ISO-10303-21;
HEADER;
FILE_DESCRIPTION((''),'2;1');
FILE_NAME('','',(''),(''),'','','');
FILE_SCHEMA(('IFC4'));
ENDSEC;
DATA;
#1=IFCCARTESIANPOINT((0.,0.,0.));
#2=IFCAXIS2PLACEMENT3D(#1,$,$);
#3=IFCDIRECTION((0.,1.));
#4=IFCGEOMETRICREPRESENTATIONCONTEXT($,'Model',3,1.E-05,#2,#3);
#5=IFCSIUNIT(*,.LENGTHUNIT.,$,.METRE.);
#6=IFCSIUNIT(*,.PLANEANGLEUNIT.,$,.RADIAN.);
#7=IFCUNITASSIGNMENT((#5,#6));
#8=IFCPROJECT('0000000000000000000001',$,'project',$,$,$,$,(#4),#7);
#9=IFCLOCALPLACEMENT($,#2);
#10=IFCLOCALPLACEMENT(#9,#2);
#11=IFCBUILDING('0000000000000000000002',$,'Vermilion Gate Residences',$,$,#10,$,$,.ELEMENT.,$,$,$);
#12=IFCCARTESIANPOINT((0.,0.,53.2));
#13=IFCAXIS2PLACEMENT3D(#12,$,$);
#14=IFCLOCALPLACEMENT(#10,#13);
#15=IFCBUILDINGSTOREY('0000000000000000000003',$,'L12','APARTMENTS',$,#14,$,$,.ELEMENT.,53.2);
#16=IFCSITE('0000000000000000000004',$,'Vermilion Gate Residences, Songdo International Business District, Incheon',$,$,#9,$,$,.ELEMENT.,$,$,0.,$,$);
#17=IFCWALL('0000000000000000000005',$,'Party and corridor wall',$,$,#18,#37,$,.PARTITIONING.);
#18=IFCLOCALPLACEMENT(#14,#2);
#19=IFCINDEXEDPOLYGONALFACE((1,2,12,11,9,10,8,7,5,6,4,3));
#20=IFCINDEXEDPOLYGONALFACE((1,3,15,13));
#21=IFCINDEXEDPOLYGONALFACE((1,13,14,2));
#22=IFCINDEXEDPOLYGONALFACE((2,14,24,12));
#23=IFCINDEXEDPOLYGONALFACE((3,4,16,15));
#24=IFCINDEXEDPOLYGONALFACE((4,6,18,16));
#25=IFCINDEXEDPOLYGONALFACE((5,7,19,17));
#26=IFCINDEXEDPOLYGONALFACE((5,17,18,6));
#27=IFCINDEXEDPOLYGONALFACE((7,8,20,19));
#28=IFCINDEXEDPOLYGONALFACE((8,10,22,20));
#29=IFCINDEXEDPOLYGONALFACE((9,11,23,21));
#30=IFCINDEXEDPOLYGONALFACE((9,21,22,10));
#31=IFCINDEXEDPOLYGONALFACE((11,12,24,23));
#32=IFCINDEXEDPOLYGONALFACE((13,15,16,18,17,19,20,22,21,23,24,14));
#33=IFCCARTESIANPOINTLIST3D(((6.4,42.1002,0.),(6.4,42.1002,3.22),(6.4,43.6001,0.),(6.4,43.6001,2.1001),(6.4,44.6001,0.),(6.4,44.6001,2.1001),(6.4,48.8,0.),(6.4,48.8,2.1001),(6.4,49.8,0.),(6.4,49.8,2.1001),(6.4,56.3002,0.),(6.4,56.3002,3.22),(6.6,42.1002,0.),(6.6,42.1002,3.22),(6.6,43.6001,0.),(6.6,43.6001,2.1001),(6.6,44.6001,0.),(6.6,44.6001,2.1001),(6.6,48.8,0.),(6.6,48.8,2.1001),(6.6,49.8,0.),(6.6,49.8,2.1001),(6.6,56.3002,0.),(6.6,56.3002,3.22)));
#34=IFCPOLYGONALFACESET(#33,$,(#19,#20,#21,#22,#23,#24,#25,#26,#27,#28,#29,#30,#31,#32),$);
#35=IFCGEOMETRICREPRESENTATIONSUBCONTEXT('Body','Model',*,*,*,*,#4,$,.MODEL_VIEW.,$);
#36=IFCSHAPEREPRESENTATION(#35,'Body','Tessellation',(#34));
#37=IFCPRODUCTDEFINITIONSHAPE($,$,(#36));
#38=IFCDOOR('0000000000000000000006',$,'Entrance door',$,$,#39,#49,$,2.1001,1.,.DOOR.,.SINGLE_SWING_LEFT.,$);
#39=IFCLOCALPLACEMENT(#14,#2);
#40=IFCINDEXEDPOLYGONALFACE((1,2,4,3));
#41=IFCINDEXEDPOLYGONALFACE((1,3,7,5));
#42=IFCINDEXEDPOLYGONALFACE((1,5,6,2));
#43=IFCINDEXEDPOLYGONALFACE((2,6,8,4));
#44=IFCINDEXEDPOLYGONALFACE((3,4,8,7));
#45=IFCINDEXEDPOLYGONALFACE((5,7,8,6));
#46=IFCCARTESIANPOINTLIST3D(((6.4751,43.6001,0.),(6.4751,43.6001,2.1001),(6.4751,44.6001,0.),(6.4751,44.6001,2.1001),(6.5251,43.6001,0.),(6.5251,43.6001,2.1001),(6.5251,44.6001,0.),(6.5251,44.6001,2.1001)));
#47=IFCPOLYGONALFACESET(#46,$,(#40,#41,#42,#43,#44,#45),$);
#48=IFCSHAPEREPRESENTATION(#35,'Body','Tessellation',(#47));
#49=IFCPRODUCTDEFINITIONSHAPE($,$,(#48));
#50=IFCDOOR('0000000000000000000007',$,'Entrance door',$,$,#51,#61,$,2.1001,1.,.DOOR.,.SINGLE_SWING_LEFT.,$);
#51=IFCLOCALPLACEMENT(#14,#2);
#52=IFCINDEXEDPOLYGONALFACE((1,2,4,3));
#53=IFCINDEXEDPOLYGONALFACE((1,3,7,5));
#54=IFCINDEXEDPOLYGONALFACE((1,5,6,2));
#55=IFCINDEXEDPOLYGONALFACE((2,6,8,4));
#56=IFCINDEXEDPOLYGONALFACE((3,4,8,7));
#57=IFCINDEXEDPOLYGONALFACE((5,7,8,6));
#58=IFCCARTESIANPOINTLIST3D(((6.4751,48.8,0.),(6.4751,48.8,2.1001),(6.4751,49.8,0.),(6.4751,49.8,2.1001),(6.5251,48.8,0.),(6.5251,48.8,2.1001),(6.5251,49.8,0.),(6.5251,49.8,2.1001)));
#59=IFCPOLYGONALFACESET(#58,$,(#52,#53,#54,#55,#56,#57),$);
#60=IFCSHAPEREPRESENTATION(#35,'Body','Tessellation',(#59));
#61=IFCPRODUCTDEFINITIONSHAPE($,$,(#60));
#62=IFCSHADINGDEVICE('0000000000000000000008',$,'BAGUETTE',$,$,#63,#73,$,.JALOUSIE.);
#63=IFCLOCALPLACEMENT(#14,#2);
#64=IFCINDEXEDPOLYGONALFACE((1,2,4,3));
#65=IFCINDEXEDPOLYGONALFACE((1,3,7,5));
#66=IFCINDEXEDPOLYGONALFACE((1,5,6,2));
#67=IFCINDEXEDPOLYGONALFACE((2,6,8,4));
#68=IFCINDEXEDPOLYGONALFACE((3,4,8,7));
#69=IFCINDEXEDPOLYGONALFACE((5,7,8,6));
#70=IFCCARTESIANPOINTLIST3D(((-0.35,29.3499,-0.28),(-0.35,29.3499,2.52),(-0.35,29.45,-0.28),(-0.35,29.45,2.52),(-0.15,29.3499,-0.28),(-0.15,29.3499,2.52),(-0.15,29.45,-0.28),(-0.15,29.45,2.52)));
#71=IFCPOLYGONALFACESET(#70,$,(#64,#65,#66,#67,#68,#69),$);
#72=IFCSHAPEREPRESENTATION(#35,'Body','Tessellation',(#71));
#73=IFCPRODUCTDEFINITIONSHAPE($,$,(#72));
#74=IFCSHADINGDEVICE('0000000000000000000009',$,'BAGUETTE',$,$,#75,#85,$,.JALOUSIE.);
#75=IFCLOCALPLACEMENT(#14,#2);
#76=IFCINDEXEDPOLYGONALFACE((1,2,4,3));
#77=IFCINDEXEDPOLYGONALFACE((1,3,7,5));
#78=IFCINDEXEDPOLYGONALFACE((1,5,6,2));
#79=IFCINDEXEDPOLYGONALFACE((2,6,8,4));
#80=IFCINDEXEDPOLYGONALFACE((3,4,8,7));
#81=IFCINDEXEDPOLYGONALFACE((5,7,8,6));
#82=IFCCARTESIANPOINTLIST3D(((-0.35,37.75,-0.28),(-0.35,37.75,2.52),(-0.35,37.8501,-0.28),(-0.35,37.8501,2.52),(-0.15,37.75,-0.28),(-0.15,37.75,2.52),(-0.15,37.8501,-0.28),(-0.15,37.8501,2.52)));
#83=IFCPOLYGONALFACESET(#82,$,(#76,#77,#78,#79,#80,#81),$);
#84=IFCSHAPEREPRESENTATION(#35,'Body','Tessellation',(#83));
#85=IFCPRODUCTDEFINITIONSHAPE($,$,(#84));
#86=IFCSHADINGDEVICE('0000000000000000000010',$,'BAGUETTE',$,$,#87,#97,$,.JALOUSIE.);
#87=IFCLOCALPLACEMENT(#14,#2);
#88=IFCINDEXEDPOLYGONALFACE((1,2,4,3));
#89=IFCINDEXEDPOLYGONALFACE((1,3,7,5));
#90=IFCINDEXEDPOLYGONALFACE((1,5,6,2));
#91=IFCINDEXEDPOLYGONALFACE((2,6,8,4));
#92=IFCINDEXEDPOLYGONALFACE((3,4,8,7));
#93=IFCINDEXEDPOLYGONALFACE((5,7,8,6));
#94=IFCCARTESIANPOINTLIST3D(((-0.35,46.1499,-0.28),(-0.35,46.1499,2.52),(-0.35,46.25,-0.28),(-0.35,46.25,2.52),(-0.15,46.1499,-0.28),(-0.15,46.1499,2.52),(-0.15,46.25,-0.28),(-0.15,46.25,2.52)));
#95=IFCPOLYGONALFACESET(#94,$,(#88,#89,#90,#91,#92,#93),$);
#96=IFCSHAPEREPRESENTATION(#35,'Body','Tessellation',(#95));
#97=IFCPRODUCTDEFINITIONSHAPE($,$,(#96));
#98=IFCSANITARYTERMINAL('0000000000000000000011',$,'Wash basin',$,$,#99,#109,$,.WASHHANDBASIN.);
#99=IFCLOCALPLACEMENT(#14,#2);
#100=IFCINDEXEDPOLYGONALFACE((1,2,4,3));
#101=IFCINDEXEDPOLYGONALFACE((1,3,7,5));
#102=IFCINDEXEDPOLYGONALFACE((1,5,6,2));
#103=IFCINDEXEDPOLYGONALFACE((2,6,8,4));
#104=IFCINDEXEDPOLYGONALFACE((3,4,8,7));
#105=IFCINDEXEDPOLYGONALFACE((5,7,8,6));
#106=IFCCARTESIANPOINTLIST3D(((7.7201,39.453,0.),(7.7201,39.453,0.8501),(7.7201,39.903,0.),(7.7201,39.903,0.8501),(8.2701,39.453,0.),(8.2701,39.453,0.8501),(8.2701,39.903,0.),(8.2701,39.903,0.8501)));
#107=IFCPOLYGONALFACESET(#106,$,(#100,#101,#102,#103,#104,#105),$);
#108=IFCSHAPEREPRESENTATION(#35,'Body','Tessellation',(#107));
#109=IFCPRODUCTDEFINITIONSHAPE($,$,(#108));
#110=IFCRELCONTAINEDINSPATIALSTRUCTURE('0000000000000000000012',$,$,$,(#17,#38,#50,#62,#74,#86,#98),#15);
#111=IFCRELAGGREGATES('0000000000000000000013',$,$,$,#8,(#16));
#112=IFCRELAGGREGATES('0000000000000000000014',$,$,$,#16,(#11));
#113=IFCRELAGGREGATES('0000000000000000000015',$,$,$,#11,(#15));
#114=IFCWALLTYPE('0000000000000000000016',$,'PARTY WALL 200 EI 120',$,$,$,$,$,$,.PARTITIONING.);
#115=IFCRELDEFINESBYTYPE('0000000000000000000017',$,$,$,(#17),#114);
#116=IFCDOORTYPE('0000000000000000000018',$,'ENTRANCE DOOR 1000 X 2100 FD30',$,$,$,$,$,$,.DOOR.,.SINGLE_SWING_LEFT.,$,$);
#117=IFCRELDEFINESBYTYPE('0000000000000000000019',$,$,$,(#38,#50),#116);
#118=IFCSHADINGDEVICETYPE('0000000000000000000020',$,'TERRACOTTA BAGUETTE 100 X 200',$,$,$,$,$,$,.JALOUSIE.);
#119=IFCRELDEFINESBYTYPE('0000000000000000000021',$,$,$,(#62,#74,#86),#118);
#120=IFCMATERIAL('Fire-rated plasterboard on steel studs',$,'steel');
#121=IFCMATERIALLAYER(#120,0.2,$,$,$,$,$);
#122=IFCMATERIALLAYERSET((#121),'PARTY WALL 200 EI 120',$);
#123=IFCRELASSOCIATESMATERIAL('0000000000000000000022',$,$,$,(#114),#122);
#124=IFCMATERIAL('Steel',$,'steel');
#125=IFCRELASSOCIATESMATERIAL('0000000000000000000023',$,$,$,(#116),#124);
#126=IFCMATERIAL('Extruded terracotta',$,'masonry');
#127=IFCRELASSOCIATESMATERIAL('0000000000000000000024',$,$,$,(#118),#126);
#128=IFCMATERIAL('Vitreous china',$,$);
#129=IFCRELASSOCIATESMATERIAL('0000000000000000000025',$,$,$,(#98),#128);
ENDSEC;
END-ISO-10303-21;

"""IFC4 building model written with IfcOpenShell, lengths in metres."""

from ifc_helpers import new_model, si_unit, direction, frame, frame_2d, origin, origin_2d, place, context, subcontext, project, spatial, rectangle, extrude, material, layer, layer_set, material_profile, profile_set, type_object, element, fill, save


model = new_model("IFC4")

# Units and contexts
model_context = context("Model", 3, precision=1e-05, world=origin(), true_north=direction((0.0, 1.0)))
body_context = subcontext(model_context, "Body", "Model", "MODEL_VIEW")
ifc_project = project(units=[si_unit("LENGTHUNIT", "METRE"), si_unit("PLANEANGLEUNIT", "RADIAN")], contexts=[model_context])

# Site, building, storey
site_placement = place(None, origin())
site = spatial("IfcSite", under=ifc_project, at=site_placement, Name="Vermilion Gate Residences, Songdo International Business District, Incheon", CompositionType="ELEMENT", RefElevation=0.0)
building_placement = place(site_placement, origin())
building = spatial("IfcBuilding", under=site, at=building_placement, Name="Vermilion Gate Residences", CompositionType="ELEMENT")
storey_placement = place(building_placement, frame((0.0, 0.0, 53.2)))
storey = spatial("IfcBuildingStorey", under=building, at=storey_placement, Name="L12", Description="APARTMENTS", CompositionType="ELEMENT", Elevation=53.2)

# Shared definitions
ifc_material_1 = material(Name="Fire-rated plasterboard on steel studs", Category="steel")
ifc_layer_1 = layer(ifc_material_1, 0.2)
ifc_layer_set_1 = layer_set([ifc_layer_1], Name="PARTY WALL 200 EI 120")
wall_type_1 = type_object("IfcWallType", Name="PARTY WALL 200 EI 120", PredefinedType="PARTITIONING", material=ifc_layer_set_1)

# Wall, openings, doors
wall_1_placement = place(storey_placement, frame((6.5, 42.1001, 0.0), z_axis=(0.0, 0.0, 1.0), x_axis=(0.0, 1.0, 0.0)))
wall_1 = element("IfcWall", 1, at=wall_1_placement, inside=storey, type_object=wall_type_1, Name="Party and corridor wall", PredefinedType="PARTITIONING", context=body_context, shape_type="SweptSolid", body=[
    extrude(rectangle(XDim=14.2, YDim=0.2, at=frame_2d((7.1001, 0.0))), origin(), (0.0, 0.0, 1.0), 3.22),
])
opening_1_placement = place(wall_1_placement, frame((1.5, 0.0, 0.0)))
opening_1 = element("IfcOpeningElement", 2, at=opening_1_placement, cuts=wall_1, PredefinedType="OPENING", context=body_context, shape_type="SweptSolid", body=[
    extrude(rectangle(XDim=1.0, YDim=2.1001, at=frame_2d((0.5, 1.05))), frame((0.0, 0.1099, 0.0), z_axis=(0.0, -1.0, 0.0), x_axis=(1.0, 0.0, 0.0)), (0.0, 0.0, 1.0), 0.22),
])
opening_2_placement = place(wall_1_placement, frame((6.7, 0.0, 0.0)))
opening_2 = element("IfcOpeningElement", 3, at=opening_2_placement, cuts=wall_1, PredefinedType="OPENING", context=body_context, shape_type="SweptSolid", body=[
    extrude(rectangle(XDim=1.0, YDim=2.1001, at=frame_2d((0.5, 1.05))), frame((0.0, 0.1099, 0.0), z_axis=(0.0, -1.0, 0.0), x_axis=(1.0, 0.0, 0.0)), (0.0, 0.0, 1.0), 0.22),
])
ifc_material_2 = material(Name="Steel", Category="steel")
door_type_1 = type_object("IfcDoorType", Name="ENTRANCE DOOR 1000 X 2100 FD30", OperationType="SINGLE_SWING_LEFT", PredefinedType="DOOR", material=ifc_material_2)
door_1_placement = place(opening_1_placement, origin())
door_1 = element("IfcDoor", 4, at=door_1_placement, inside=storey, type_object=door_type_1, Name="Entrance door", OperationType="SINGLE_SWING_LEFT", OverallHeight=2.1001, OverallWidth=1.0, PredefinedType="DOOR", context=body_context, shape_type="SweptSolid", body=[
    extrude(rectangle(XDim=1.0, YDim=2.1001, at=frame_2d((0.5, 1.05))), frame((0.0, 0.0249, 0.0), z_axis=(0.0, -1.0, 0.0), x_axis=(1.0, 0.0, 0.0)), (0.0, 0.0, 1.0), 0.05),
])
fill(opening_1, door_1)
door_2_placement = place(opening_2_placement, origin())
door_2 = element("IfcDoor", 5, at=door_2_placement, inside=storey, type_object=door_type_1, Name="Entrance door", OperationType="SINGLE_SWING_LEFT", OverallHeight=2.1001, OverallWidth=1.0, PredefinedType="DOOR", context=body_context, shape_type="SweptSolid", body=[
    extrude(rectangle(XDim=1.0, YDim=2.1001, at=frame_2d((0.5, 1.05))), frame((0.0, 0.0249, 0.0), z_axis=(0.0, -1.0, 0.0), x_axis=(1.0, 0.0, 0.0)), (0.0, 0.0, 1.0), 0.05),
])
fill(opening_2, door_2)

# Shading devices
ifc_material_3 = material(Name="Extruded terracotta", Category="masonry")
ifc_material_profile_1 = material_profile(ifc_material_3, rectangle(XDim=0.2, YDim=0.1001, at=origin_2d()), Name="BAGUETTE 100 X 200")
ifc_profile_set_1 = profile_set([ifc_material_profile_1], Name="Extruded terracotta")
shading_device_type = type_object("IfcShadingDeviceType", Name="TERRACOTTA BAGUETTE 100 X 200", PredefinedType="JALOUSIE", material=ifc_profile_set_1)
for number, where, z_axis, x_axis, name in (
    (6, (-0.25, 29.3999, -0.28), (0.0, 0.0, 1.0), (1.0, 0.0, 0.0), "BAGUETTE"),
    (7, (-0.25, 37.8, -0.28), (0.0, 0.0, 1.0), (1.0, 0.0, 0.0), "BAGUETTE"),
    (8, (-0.25, 46.2, -0.28), (0.0, 0.0, 1.0), (1.0, 0.0, 0.0), "BAGUETTE"),
):
    element("IfcShadingDevice", number, at=place(storey_placement, frame(where, z_axis=z_axis, x_axis=x_axis)), inside=storey, type_object=shading_device_type, Name=name, PredefinedType="JALOUSIE", context=body_context, shape_type="SweptSolid", body=[
        extrude(rectangle(XDim=0.2, YDim=0.1001, at=origin_2d()), origin(), (0.0, 0.0, 1.0), 2.8),
    ])

# Sanitary terminal
ifc_material_4 = material(Name="Vitreous china")
sanitary_terminal_placement = place(storey_placement, frame((7.9951, 39.678, 0.0), z_axis=(0.0, 0.0, 1.0), x_axis=(1.0, 0.0, 0.0)))
element("IfcSanitaryTerminal", 9, at=sanitary_terminal_placement, inside=storey, material=ifc_material_4, Name="Wash basin", PredefinedType="WASHHANDBASIN", context=body_context, shape_type="SweptSolid", body=[
    extrude(rectangle(XDim=0.55, YDim=0.45, at=origin_2d()), origin(), (0.0, 0.0, 1.0), 0.8501),
])

save(model, "model.ifc")
